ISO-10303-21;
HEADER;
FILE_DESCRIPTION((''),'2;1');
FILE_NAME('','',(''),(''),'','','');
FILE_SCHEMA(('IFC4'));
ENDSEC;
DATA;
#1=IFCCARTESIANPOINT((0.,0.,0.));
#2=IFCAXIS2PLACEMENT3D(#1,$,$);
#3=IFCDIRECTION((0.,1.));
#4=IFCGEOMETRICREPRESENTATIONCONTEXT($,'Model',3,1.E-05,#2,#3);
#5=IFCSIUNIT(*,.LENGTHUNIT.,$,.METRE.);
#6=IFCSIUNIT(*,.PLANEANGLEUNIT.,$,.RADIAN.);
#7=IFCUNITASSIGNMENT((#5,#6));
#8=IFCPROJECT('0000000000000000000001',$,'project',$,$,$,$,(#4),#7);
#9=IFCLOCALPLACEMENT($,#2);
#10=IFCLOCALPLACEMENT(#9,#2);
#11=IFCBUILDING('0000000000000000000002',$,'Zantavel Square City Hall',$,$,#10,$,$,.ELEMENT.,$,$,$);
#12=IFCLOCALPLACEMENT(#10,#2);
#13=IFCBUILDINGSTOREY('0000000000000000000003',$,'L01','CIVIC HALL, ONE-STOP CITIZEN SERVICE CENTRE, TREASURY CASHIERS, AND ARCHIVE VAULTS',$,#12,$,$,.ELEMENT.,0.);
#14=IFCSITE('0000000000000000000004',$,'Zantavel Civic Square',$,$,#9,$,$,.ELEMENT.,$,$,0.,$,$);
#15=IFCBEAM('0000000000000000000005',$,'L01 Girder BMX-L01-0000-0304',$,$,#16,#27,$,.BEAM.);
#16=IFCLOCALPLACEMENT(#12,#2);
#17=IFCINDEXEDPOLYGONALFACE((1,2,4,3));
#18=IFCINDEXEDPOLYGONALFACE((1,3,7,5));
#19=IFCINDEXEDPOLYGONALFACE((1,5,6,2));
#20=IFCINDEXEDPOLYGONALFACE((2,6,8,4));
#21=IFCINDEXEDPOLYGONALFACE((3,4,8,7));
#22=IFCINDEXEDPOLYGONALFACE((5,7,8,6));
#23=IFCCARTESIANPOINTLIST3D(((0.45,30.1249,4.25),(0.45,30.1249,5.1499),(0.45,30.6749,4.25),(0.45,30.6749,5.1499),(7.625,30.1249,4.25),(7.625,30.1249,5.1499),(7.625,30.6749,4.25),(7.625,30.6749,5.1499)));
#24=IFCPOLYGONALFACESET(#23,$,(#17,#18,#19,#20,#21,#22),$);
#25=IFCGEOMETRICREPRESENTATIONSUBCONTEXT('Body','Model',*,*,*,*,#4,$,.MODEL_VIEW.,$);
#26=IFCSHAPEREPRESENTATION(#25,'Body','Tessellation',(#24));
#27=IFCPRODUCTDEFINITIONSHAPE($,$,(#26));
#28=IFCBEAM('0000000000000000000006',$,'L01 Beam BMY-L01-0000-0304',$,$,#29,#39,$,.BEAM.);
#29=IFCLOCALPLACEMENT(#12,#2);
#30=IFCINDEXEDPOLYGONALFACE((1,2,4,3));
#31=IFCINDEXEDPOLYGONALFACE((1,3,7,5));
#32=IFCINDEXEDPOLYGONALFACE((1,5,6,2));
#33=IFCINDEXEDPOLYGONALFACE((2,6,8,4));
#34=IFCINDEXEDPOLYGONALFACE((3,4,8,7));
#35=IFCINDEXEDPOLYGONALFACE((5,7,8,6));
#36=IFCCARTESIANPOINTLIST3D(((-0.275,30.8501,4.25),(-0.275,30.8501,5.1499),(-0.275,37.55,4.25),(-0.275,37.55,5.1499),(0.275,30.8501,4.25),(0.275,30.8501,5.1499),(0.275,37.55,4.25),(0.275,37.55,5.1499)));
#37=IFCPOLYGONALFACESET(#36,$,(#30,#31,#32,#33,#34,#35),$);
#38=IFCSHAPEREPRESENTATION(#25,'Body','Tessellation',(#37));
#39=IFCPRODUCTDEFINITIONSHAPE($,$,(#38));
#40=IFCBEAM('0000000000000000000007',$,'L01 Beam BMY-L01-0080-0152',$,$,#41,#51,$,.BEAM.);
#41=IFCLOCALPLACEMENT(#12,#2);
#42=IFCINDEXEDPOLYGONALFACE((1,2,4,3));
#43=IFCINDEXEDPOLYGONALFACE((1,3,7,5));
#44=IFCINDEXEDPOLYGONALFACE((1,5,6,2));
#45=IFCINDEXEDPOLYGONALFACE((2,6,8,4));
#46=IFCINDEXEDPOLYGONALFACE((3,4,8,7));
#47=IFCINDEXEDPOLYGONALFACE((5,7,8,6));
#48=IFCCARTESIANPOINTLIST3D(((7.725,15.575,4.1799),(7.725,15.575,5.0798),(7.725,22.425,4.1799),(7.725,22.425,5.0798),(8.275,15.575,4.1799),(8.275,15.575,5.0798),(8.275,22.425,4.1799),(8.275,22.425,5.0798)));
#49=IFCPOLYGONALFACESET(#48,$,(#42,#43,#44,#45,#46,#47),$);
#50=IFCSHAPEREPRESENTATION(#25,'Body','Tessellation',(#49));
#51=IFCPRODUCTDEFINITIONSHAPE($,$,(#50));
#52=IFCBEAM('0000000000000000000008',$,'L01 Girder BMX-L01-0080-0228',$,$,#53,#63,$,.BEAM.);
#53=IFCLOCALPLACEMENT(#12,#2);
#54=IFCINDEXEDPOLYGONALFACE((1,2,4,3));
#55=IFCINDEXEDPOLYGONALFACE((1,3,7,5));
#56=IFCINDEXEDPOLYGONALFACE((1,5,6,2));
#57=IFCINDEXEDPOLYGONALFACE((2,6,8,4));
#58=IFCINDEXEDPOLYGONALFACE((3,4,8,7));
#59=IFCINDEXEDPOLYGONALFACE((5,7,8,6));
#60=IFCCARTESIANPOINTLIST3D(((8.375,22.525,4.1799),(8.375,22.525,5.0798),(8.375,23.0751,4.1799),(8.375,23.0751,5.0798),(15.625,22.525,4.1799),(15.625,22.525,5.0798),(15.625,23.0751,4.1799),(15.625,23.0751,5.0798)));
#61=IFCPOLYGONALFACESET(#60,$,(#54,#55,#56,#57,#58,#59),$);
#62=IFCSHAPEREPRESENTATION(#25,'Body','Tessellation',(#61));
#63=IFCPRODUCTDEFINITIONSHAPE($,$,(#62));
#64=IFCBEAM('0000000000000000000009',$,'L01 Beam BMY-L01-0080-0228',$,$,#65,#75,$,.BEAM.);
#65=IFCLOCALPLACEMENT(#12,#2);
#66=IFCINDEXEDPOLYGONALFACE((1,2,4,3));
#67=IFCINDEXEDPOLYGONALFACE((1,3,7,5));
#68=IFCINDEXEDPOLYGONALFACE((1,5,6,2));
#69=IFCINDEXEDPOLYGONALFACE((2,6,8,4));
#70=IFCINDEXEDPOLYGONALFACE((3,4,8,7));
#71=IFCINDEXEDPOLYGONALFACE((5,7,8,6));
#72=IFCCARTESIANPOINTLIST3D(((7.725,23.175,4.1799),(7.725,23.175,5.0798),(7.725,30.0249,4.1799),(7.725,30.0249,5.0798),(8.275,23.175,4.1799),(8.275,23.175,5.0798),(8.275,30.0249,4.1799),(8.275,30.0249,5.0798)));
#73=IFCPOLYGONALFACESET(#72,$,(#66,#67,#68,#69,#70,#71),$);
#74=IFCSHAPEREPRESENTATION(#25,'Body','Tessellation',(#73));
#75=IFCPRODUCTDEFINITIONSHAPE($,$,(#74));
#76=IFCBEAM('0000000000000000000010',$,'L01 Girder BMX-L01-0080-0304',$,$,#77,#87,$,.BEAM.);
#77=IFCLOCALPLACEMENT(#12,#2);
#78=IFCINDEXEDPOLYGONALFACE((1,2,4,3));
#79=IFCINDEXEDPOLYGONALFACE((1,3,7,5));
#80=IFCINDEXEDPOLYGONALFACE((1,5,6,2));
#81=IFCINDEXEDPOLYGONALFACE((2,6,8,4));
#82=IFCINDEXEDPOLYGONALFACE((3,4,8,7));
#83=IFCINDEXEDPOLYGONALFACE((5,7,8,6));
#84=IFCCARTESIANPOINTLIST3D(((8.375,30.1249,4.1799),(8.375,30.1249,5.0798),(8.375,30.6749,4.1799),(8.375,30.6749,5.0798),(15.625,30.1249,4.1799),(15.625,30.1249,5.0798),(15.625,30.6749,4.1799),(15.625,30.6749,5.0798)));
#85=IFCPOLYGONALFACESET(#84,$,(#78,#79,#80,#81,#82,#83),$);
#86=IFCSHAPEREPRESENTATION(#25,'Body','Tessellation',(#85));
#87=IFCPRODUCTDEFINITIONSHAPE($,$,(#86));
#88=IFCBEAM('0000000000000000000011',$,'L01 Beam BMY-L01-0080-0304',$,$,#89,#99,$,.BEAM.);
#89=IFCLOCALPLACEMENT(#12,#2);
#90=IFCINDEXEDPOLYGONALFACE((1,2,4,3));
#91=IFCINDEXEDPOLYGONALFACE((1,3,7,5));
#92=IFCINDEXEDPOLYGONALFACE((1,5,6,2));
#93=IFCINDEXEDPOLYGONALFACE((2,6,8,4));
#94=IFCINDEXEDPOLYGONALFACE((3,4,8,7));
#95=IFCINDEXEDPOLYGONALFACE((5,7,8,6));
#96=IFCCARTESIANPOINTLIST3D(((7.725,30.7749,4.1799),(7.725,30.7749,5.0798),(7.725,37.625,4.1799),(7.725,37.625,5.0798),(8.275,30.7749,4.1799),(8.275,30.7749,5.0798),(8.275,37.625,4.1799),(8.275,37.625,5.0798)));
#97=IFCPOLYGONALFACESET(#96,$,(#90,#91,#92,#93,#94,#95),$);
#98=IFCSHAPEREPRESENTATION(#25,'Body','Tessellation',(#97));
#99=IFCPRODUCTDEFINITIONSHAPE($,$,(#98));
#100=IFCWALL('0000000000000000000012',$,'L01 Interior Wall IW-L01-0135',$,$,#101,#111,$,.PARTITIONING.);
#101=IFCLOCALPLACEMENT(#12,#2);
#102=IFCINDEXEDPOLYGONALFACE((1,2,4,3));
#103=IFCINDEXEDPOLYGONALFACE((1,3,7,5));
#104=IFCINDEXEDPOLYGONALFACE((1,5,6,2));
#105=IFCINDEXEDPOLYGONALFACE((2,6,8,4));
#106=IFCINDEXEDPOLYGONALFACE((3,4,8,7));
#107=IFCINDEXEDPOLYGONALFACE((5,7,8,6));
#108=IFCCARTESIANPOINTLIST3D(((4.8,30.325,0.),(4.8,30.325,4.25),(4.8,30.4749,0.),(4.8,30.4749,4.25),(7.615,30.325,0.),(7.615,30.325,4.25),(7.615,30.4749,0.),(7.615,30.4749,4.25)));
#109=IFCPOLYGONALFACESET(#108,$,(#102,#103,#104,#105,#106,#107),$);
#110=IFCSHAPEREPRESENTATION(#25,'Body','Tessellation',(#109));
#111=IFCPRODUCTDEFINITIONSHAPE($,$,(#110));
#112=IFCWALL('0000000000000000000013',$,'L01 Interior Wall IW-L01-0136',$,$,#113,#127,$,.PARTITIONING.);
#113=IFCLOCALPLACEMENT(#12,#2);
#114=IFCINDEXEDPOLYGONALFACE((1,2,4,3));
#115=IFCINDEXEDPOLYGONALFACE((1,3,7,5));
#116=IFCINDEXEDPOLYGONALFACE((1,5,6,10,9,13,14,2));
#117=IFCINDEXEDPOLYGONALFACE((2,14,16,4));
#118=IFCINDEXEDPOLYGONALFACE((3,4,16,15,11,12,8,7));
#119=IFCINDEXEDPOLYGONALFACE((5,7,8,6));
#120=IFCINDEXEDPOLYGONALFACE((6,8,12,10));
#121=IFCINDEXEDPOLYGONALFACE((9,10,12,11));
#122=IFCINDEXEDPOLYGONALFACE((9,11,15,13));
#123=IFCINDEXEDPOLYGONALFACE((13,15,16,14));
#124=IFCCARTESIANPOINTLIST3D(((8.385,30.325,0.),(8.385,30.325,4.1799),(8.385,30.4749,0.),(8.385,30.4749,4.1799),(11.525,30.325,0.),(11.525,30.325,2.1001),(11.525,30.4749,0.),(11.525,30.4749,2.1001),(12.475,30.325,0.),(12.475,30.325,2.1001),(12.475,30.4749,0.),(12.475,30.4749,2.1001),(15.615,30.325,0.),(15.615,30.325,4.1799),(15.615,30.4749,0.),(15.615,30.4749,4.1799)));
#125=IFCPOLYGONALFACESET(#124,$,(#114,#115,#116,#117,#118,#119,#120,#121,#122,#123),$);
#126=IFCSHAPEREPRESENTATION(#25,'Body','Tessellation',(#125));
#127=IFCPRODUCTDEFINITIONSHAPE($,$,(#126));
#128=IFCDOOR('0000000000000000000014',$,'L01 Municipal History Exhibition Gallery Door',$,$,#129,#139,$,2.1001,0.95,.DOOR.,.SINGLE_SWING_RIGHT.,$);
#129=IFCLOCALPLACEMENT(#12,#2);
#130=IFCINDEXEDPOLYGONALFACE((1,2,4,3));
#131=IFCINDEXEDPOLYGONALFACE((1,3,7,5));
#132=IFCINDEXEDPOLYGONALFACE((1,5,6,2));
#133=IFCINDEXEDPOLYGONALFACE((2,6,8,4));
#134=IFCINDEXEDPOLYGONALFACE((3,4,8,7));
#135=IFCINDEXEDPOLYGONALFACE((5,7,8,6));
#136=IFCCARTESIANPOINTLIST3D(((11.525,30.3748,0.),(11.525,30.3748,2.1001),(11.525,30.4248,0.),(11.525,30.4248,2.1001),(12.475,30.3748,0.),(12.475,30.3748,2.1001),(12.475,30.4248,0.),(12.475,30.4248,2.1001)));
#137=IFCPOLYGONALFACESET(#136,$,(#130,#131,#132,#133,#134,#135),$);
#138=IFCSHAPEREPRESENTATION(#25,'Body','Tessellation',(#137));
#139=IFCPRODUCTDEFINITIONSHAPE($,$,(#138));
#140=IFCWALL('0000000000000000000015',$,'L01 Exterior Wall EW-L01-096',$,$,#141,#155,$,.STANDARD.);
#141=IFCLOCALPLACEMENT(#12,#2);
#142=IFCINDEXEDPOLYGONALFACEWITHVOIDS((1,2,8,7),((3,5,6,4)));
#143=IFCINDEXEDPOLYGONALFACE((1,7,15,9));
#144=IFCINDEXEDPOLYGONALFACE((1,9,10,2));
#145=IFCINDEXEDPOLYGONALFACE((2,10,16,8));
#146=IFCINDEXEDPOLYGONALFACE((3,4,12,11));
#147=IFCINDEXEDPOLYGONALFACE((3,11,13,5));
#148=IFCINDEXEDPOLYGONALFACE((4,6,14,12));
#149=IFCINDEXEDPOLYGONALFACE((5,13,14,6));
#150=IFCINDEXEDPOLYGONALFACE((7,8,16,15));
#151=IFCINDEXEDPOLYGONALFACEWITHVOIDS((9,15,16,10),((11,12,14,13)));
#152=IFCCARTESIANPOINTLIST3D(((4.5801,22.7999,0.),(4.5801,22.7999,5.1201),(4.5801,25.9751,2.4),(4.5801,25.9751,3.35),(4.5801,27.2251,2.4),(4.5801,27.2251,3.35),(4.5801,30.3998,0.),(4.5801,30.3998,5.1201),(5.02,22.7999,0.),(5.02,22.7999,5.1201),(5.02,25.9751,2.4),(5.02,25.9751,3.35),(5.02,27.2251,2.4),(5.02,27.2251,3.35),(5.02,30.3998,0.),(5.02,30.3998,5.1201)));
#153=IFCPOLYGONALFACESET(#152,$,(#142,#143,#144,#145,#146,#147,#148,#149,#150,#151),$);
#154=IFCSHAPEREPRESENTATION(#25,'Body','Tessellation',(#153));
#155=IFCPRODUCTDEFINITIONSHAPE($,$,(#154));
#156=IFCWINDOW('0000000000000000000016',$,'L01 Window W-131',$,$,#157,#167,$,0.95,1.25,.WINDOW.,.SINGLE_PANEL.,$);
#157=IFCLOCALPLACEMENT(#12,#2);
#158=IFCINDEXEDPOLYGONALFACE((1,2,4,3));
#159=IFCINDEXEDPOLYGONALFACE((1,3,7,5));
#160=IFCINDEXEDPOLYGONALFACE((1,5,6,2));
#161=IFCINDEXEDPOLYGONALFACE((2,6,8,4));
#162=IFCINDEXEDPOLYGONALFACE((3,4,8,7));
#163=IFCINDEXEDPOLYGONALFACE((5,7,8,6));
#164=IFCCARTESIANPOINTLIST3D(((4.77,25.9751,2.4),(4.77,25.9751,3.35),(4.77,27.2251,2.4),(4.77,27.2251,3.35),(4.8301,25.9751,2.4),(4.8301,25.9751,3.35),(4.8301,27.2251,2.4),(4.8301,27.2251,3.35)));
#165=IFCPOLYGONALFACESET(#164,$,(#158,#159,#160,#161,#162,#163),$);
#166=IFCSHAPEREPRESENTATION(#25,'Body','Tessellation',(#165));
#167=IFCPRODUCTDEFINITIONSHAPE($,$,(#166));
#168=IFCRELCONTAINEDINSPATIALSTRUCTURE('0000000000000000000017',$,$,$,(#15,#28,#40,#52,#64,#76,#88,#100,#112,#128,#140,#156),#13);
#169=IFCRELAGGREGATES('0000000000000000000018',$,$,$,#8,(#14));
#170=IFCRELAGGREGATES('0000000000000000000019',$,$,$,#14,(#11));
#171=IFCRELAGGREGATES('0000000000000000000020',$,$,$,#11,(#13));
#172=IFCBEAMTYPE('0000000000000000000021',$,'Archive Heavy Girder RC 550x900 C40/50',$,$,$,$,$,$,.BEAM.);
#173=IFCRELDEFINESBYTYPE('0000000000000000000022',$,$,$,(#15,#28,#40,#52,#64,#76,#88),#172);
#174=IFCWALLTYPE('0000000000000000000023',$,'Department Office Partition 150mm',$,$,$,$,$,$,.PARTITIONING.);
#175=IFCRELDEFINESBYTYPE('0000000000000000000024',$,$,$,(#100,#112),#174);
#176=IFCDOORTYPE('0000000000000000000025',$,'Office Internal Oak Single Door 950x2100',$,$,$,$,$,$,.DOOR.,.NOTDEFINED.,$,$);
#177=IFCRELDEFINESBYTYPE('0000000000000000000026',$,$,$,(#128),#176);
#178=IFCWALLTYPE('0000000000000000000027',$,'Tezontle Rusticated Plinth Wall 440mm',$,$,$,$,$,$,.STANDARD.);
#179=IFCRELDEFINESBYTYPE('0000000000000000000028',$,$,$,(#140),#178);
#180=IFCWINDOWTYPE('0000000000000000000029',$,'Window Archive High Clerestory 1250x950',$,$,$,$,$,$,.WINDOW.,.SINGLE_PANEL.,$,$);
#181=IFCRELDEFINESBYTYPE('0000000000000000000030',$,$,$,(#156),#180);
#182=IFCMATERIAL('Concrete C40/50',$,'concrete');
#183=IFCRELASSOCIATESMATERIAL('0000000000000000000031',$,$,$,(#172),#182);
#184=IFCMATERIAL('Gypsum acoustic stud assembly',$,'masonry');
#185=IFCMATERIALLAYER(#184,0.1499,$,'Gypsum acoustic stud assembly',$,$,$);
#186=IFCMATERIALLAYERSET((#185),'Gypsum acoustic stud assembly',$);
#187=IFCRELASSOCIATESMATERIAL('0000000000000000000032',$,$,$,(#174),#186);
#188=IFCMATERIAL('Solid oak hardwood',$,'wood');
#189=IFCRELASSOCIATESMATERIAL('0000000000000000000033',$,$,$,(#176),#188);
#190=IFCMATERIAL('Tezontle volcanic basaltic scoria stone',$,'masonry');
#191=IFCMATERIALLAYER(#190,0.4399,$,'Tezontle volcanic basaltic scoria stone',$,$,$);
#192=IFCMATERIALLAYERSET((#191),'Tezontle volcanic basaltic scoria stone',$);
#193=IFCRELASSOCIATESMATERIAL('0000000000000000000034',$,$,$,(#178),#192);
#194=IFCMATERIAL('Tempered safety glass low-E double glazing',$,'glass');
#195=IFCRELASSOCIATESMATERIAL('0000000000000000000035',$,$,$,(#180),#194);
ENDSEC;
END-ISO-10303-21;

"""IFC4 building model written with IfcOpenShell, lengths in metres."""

from ifc_helpers import new_model, si_unit, direction, frame, frame_2d, origin, origin_2d, place, context, subcontext, project, spatial, rectangle, extrude, material, layer, layer_set, material_profile, profile_set, type_object, element, fill, save


model = new_model("IFC4")

# Units and contexts
model_context = context("Model", 3, precision=1e-05, world=origin(), true_north=direction((0.0, 1.0)))
body_context = subcontext(model_context, "Body", "Model", "MODEL_VIEW")
ifc_project = project(units=[si_unit("LENGTHUNIT", "METRE"), si_unit("PLANEANGLEUNIT", "RADIAN")], contexts=[model_context])

# Site, building, storey
site_placement = place(None, origin())
site = spatial("IfcSite", under=ifc_project, at=site_placement, Name="Zantavel Civic Square", CompositionType="ELEMENT", RefElevation=0.0)
building_placement = place(site_placement, origin())
building = spatial("IfcBuilding", under=site, at=building_placement, Name="Zantavel Square City Hall", CompositionType="ELEMENT")
storey_placement = place(building_placement, origin())
storey = spatial("IfcBuildingStorey", under=building, at=storey_placement, Name="L01", Description="CIVIC HALL, ONE-STOP CITIZEN SERVICE CENTRE, TREASURY CASHIERS, AND ARCHIVE VAULTS", CompositionType="ELEMENT", Elevation=0.0)

# Shared definitions
ifc_material_1 = material(Name="Concrete C40/50", Category="concrete")

# Beams
ifc_material_profile_1 = material_profile(ifc_material_1, rectangle(XDim=0.55, YDim=0.8999, at=origin_2d()), Name="RC 550x900")
ifc_profile_set_1 = profile_set([ifc_material_profile_1], Name="Concrete C40/50")
beam_type_1 = type_object("IfcBeamType", Name="Archive Heavy Girder RC 550x900 C40/50", PredefinedType="BEAM", material=ifc_profile_set_1)
beam_1_placement = place(storey_placement, frame((0.45, 30.3999, 4.7), z_axis=(1.0, 0.0, 0.0), x_axis=(0.0, 1.0, 0.0)))
element("IfcBeam", 1, at=beam_1_placement, inside=storey, type_object=beam_type_1, Name="L01 Girder BMX-L01-0000-0304", PredefinedType="BEAM", context=body_context, shape_type="SweptSolid", body=[
    extrude(rectangle(XDim=0.55, YDim=0.8999, at=origin_2d()), origin(), (0.0, 0.0, 1.0), 7.175),
])
beam_2_placement = place(storey_placement, frame((0.0, 30.8501, 4.7), z_axis=(0.0, 1.0, 0.0), x_axis=(-1.0, 0.0, 0.0)))
element("IfcBeam", 2, at=beam_2_placement, inside=storey, type_object=beam_type_1, Name="L01 Beam BMY-L01-0000-0304", PredefinedType="BEAM", context=body_context, shape_type="SweptSolid", body=[
    extrude(rectangle(XDim=0.55, YDim=0.8999, at=origin_2d()), origin(), (0.0, 0.0, 1.0), 6.7),
])
beam_3_placement = place(storey_placement, frame((8.0, 15.575, 4.6299), z_axis=(0.0, 1.0, 0.0), x_axis=(-1.0, 0.0, 0.0)))
element("IfcBeam", 3, at=beam_3_placement, inside=storey, type_object=beam_type_1, Name="L01 Beam BMY-L01-0080-0152", PredefinedType="BEAM", context=body_context, shape_type="SweptSolid", body=[
    extrude(rectangle(XDim=0.55, YDim=0.8999, at=origin_2d()), origin(), (0.0, 0.0, 1.0), 6.8501),
])
beam_4_placement = place(storey_placement, frame((8.375, 22.8, 4.6299), z_axis=(1.0, 0.0, 0.0), x_axis=(0.0, 1.0, 0.0)))
element("IfcBeam", 4, at=beam_4_placement, inside=storey, type_object=beam_type_1, Name="L01 Girder BMX-L01-0080-0228", PredefinedType="BEAM", context=body_context, shape_type="SweptSolid", body=[
    extrude(rectangle(XDim=0.55, YDim=0.8999, at=origin_2d()), origin(), (0.0, 0.0, 1.0), 7.25),
])
beam_5_placement = place(storey_placement, frame((8.0, 23.175, 4.6299), z_axis=(0.0, 1.0, 0.0), x_axis=(-1.0, 0.0, 0.0)))
element("IfcBeam", 5, at=beam_5_placement, inside=storey, type_object=beam_type_1, Name="L01 Beam BMY-L01-0080-0228", PredefinedType="BEAM", context=body_context, shape_type="SweptSolid", body=[
    extrude(rectangle(XDim=0.55, YDim=0.8999, at=origin_2d()), origin(), (0.0, 0.0, 1.0), 6.8499),
])
beam_6_placement = place(storey_placement, frame((8.375, 30.3999, 4.6299), z_axis=(1.0, 0.0, 0.0), x_axis=(0.0, 1.0, 0.0)))
element("IfcBeam", 6, at=beam_6_placement, inside=storey, type_object=beam_type_1, Name="L01 Girder BMX-L01-0080-0304", PredefinedType="BEAM", context=body_context, shape_type="SweptSolid", body=[
    extrude(rectangle(XDim=0.55, YDim=0.8999, at=origin_2d()), origin(), (0.0, 0.0, 1.0), 7.25),
])
beam_7_placement = place(storey_placement, frame((8.0, 30.7749, 4.6299), z_axis=(0.0, 1.0, 0.0), x_axis=(-1.0, 0.0, 0.0)))
element("IfcBeam", 7, at=beam_7_placement, inside=storey, type_object=beam_type_1, Name="L01 Beam BMY-L01-0080-0304", PredefinedType="BEAM", context=body_context, shape_type="SweptSolid", body=[
    extrude(rectangle(XDim=0.55, YDim=0.8999, at=origin_2d()), origin(), (0.0, 0.0, 1.0), 6.8501),
])

# Wall
ifc_material_2 = material(Name="Gypsum acoustic stud assembly", Category="masonry")
ifc_layer_1 = layer(ifc_material_2, 0.1499, Name="Gypsum acoustic stud assembly")
ifc_layer_set_1 = layer_set([ifc_layer_1], Name="Gypsum acoustic stud assembly")
wall_type_1 = type_object("IfcWallType", Name="Department Office Partition 150mm", PredefinedType="PARTITIONING", material=ifc_layer_set_1)
wall_1_placement = place(storey_placement, frame((4.8, 30.3999, 0.0), z_axis=(0.0, 0.0, 1.0), x_axis=(1.0, 0.0, 0.0)))
element("IfcWall", 8, at=wall_1_placement, inside=storey, type_object=wall_type_1, Name="L01 Interior Wall IW-L01-0135", PredefinedType="PARTITIONING", context=body_context, shape_type="SweptSolid", body=[
    extrude(rectangle(XDim=2.8149, YDim=0.1499, at=frame_2d((1.4075, 0.0))), origin(), (0.0, 0.0, 1.0), 4.25),
])

# Wall, opening, door
wall_2_placement = place(storey_placement, frame((8.385, 30.3999, 0.0), z_axis=(0.0, 0.0, 1.0), x_axis=(1.0, 0.0, 0.0)))
wall_2 = element("IfcWall", 9, at=wall_2_placement, inside=storey, type_object=wall_type_1, Name="L01 Interior Wall IW-L01-0136", PredefinedType="PARTITIONING", context=body_context, shape_type="SweptSolid", body=[
    extrude(rectangle(XDim=7.23, YDim=0.1499, at=frame_2d((3.615, 0.0))), origin(), (0.0, 0.0, 1.0), 4.1799),
])
opening_1_placement = place(wall_2_placement, frame((3.1399, 0.0, 0.0)))
opening_1 = element("IfcOpeningElement", 10, at=opening_1_placement, cuts=wall_2, PredefinedType="OPENING", context=body_context, shape_type="SweptSolid", body=[
    extrude(rectangle(XDim=0.95, YDim=2.1001, at=frame_2d((0.4751, 1.05))), frame((0.0, 0.085, 0.0), z_axis=(0.0, -1.0, 0.0), x_axis=(1.0, 0.0, 0.0)), (0.0, 0.0, 1.0), 0.1699),
])
ifc_material_3 = material(Name="Solid oak hardwood", Category="wood")
door_type = type_object("IfcDoorType", Name="Office Internal Oak Single Door 950x2100", OperationType="NOTDEFINED", PredefinedType="DOOR", material=ifc_material_3)
door_placement = place(opening_1_placement, origin())
door = element("IfcDoor", 11, at=door_placement, inside=storey, type_object=door_type, Name="L01 Municipal History Exhibition Gallery Door", OperationType="SINGLE_SWING_RIGHT", OverallHeight=2.1001, OverallWidth=0.95, PredefinedType="DOOR", context=body_context, shape_type="SweptSolid", body=[
    extrude(rectangle(XDim=0.95, YDim=2.1001, at=frame_2d((0.4751, 1.05))), frame((0.0, 0.0249, 0.0), z_axis=(0.0, -1.0, 0.0), x_axis=(1.0, 0.0, 0.0)), (0.0, 0.0, 1.0), 0.05),
])
fill(opening_1, door)

# Wall, opening, window
ifc_material_4 = material(Name="Tezontle volcanic basaltic scoria stone", Category="masonry")
ifc_layer_2 = layer(ifc_material_4, 0.4399, Name="Tezontle volcanic basaltic scoria stone")
ifc_layer_set_2 = layer_set([ifc_layer_2], Name="Tezontle volcanic basaltic scoria stone")
wall_type_2 = type_object("IfcWallType", Name="Tezontle Rusticated Plinth Wall 440mm", PredefinedType="STANDARD", material=ifc_layer_set_2)
wall_3_placement = place(storey_placement, frame((4.8, 22.8, 0.0), z_axis=(0.0, 0.0, 1.0), x_axis=(0.0, 1.0, 0.0)))
wall_3 = element("IfcWall", 12, at=wall_3_placement, inside=storey, type_object=wall_type_2, Name="L01 Exterior Wall EW-L01-096", PredefinedType="STANDARD", context=body_context, shape_type="SweptSolid", body=[
    extrude(rectangle(XDim=7.5999, YDim=0.4399, at=frame_2d((3.7998, 0.0))), origin(), (0.0, 0.0, 1.0), 5.1201),
])
opening_2_placement = place(wall_3_placement, frame((3.175, 0.0, 2.3999)))
opening_2 = element("IfcOpeningElement", 13, at=opening_2_placement, cuts=wall_3, PredefinedType="OPENING", context=body_context, shape_type="SweptSolid", body=[
    extrude(rectangle(XDim=1.25, YDim=0.95, at=frame_2d((0.625, 0.4751))), frame((0.0, 0.23, 0.0), z_axis=(0.0, -1.0, 0.0), x_axis=(1.0, 0.0, 0.0)), (0.0, 0.0, 1.0), 0.46),
])
ifc_material_5 = material(Name="Tempered safety glass low-E double glazing", Category="glass")
window_type = type_object("IfcWindowType", Name="Window Archive High Clerestory 1250x950", PartitioningType="SINGLE_PANEL", PredefinedType="WINDOW", material=ifc_material_5)
window_1_placement = place(opening_2_placement, origin())
window_1 = element("IfcWindow", 14, at=window_1_placement, inside=storey, type_object=window_type, Name="L01 Window W-131", OverallHeight=0.95, OverallWidth=1.25, PartitioningType="SINGLE_PANEL", PredefinedType="WINDOW", context=body_context, shape_type="SweptSolid", body=[
    extrude(rectangle(XDim=1.25, YDim=0.95, at=frame_2d((0.625, 0.4751))), frame((0.0, 0.03, 0.0), z_axis=(0.0, -1.0, 0.0), x_axis=(1.0, 0.0, 0.0)), (0.0, 0.0, 1.0), 0.0601),
])
fill(opening_2, window_1)

save(model, "model.ifc")
